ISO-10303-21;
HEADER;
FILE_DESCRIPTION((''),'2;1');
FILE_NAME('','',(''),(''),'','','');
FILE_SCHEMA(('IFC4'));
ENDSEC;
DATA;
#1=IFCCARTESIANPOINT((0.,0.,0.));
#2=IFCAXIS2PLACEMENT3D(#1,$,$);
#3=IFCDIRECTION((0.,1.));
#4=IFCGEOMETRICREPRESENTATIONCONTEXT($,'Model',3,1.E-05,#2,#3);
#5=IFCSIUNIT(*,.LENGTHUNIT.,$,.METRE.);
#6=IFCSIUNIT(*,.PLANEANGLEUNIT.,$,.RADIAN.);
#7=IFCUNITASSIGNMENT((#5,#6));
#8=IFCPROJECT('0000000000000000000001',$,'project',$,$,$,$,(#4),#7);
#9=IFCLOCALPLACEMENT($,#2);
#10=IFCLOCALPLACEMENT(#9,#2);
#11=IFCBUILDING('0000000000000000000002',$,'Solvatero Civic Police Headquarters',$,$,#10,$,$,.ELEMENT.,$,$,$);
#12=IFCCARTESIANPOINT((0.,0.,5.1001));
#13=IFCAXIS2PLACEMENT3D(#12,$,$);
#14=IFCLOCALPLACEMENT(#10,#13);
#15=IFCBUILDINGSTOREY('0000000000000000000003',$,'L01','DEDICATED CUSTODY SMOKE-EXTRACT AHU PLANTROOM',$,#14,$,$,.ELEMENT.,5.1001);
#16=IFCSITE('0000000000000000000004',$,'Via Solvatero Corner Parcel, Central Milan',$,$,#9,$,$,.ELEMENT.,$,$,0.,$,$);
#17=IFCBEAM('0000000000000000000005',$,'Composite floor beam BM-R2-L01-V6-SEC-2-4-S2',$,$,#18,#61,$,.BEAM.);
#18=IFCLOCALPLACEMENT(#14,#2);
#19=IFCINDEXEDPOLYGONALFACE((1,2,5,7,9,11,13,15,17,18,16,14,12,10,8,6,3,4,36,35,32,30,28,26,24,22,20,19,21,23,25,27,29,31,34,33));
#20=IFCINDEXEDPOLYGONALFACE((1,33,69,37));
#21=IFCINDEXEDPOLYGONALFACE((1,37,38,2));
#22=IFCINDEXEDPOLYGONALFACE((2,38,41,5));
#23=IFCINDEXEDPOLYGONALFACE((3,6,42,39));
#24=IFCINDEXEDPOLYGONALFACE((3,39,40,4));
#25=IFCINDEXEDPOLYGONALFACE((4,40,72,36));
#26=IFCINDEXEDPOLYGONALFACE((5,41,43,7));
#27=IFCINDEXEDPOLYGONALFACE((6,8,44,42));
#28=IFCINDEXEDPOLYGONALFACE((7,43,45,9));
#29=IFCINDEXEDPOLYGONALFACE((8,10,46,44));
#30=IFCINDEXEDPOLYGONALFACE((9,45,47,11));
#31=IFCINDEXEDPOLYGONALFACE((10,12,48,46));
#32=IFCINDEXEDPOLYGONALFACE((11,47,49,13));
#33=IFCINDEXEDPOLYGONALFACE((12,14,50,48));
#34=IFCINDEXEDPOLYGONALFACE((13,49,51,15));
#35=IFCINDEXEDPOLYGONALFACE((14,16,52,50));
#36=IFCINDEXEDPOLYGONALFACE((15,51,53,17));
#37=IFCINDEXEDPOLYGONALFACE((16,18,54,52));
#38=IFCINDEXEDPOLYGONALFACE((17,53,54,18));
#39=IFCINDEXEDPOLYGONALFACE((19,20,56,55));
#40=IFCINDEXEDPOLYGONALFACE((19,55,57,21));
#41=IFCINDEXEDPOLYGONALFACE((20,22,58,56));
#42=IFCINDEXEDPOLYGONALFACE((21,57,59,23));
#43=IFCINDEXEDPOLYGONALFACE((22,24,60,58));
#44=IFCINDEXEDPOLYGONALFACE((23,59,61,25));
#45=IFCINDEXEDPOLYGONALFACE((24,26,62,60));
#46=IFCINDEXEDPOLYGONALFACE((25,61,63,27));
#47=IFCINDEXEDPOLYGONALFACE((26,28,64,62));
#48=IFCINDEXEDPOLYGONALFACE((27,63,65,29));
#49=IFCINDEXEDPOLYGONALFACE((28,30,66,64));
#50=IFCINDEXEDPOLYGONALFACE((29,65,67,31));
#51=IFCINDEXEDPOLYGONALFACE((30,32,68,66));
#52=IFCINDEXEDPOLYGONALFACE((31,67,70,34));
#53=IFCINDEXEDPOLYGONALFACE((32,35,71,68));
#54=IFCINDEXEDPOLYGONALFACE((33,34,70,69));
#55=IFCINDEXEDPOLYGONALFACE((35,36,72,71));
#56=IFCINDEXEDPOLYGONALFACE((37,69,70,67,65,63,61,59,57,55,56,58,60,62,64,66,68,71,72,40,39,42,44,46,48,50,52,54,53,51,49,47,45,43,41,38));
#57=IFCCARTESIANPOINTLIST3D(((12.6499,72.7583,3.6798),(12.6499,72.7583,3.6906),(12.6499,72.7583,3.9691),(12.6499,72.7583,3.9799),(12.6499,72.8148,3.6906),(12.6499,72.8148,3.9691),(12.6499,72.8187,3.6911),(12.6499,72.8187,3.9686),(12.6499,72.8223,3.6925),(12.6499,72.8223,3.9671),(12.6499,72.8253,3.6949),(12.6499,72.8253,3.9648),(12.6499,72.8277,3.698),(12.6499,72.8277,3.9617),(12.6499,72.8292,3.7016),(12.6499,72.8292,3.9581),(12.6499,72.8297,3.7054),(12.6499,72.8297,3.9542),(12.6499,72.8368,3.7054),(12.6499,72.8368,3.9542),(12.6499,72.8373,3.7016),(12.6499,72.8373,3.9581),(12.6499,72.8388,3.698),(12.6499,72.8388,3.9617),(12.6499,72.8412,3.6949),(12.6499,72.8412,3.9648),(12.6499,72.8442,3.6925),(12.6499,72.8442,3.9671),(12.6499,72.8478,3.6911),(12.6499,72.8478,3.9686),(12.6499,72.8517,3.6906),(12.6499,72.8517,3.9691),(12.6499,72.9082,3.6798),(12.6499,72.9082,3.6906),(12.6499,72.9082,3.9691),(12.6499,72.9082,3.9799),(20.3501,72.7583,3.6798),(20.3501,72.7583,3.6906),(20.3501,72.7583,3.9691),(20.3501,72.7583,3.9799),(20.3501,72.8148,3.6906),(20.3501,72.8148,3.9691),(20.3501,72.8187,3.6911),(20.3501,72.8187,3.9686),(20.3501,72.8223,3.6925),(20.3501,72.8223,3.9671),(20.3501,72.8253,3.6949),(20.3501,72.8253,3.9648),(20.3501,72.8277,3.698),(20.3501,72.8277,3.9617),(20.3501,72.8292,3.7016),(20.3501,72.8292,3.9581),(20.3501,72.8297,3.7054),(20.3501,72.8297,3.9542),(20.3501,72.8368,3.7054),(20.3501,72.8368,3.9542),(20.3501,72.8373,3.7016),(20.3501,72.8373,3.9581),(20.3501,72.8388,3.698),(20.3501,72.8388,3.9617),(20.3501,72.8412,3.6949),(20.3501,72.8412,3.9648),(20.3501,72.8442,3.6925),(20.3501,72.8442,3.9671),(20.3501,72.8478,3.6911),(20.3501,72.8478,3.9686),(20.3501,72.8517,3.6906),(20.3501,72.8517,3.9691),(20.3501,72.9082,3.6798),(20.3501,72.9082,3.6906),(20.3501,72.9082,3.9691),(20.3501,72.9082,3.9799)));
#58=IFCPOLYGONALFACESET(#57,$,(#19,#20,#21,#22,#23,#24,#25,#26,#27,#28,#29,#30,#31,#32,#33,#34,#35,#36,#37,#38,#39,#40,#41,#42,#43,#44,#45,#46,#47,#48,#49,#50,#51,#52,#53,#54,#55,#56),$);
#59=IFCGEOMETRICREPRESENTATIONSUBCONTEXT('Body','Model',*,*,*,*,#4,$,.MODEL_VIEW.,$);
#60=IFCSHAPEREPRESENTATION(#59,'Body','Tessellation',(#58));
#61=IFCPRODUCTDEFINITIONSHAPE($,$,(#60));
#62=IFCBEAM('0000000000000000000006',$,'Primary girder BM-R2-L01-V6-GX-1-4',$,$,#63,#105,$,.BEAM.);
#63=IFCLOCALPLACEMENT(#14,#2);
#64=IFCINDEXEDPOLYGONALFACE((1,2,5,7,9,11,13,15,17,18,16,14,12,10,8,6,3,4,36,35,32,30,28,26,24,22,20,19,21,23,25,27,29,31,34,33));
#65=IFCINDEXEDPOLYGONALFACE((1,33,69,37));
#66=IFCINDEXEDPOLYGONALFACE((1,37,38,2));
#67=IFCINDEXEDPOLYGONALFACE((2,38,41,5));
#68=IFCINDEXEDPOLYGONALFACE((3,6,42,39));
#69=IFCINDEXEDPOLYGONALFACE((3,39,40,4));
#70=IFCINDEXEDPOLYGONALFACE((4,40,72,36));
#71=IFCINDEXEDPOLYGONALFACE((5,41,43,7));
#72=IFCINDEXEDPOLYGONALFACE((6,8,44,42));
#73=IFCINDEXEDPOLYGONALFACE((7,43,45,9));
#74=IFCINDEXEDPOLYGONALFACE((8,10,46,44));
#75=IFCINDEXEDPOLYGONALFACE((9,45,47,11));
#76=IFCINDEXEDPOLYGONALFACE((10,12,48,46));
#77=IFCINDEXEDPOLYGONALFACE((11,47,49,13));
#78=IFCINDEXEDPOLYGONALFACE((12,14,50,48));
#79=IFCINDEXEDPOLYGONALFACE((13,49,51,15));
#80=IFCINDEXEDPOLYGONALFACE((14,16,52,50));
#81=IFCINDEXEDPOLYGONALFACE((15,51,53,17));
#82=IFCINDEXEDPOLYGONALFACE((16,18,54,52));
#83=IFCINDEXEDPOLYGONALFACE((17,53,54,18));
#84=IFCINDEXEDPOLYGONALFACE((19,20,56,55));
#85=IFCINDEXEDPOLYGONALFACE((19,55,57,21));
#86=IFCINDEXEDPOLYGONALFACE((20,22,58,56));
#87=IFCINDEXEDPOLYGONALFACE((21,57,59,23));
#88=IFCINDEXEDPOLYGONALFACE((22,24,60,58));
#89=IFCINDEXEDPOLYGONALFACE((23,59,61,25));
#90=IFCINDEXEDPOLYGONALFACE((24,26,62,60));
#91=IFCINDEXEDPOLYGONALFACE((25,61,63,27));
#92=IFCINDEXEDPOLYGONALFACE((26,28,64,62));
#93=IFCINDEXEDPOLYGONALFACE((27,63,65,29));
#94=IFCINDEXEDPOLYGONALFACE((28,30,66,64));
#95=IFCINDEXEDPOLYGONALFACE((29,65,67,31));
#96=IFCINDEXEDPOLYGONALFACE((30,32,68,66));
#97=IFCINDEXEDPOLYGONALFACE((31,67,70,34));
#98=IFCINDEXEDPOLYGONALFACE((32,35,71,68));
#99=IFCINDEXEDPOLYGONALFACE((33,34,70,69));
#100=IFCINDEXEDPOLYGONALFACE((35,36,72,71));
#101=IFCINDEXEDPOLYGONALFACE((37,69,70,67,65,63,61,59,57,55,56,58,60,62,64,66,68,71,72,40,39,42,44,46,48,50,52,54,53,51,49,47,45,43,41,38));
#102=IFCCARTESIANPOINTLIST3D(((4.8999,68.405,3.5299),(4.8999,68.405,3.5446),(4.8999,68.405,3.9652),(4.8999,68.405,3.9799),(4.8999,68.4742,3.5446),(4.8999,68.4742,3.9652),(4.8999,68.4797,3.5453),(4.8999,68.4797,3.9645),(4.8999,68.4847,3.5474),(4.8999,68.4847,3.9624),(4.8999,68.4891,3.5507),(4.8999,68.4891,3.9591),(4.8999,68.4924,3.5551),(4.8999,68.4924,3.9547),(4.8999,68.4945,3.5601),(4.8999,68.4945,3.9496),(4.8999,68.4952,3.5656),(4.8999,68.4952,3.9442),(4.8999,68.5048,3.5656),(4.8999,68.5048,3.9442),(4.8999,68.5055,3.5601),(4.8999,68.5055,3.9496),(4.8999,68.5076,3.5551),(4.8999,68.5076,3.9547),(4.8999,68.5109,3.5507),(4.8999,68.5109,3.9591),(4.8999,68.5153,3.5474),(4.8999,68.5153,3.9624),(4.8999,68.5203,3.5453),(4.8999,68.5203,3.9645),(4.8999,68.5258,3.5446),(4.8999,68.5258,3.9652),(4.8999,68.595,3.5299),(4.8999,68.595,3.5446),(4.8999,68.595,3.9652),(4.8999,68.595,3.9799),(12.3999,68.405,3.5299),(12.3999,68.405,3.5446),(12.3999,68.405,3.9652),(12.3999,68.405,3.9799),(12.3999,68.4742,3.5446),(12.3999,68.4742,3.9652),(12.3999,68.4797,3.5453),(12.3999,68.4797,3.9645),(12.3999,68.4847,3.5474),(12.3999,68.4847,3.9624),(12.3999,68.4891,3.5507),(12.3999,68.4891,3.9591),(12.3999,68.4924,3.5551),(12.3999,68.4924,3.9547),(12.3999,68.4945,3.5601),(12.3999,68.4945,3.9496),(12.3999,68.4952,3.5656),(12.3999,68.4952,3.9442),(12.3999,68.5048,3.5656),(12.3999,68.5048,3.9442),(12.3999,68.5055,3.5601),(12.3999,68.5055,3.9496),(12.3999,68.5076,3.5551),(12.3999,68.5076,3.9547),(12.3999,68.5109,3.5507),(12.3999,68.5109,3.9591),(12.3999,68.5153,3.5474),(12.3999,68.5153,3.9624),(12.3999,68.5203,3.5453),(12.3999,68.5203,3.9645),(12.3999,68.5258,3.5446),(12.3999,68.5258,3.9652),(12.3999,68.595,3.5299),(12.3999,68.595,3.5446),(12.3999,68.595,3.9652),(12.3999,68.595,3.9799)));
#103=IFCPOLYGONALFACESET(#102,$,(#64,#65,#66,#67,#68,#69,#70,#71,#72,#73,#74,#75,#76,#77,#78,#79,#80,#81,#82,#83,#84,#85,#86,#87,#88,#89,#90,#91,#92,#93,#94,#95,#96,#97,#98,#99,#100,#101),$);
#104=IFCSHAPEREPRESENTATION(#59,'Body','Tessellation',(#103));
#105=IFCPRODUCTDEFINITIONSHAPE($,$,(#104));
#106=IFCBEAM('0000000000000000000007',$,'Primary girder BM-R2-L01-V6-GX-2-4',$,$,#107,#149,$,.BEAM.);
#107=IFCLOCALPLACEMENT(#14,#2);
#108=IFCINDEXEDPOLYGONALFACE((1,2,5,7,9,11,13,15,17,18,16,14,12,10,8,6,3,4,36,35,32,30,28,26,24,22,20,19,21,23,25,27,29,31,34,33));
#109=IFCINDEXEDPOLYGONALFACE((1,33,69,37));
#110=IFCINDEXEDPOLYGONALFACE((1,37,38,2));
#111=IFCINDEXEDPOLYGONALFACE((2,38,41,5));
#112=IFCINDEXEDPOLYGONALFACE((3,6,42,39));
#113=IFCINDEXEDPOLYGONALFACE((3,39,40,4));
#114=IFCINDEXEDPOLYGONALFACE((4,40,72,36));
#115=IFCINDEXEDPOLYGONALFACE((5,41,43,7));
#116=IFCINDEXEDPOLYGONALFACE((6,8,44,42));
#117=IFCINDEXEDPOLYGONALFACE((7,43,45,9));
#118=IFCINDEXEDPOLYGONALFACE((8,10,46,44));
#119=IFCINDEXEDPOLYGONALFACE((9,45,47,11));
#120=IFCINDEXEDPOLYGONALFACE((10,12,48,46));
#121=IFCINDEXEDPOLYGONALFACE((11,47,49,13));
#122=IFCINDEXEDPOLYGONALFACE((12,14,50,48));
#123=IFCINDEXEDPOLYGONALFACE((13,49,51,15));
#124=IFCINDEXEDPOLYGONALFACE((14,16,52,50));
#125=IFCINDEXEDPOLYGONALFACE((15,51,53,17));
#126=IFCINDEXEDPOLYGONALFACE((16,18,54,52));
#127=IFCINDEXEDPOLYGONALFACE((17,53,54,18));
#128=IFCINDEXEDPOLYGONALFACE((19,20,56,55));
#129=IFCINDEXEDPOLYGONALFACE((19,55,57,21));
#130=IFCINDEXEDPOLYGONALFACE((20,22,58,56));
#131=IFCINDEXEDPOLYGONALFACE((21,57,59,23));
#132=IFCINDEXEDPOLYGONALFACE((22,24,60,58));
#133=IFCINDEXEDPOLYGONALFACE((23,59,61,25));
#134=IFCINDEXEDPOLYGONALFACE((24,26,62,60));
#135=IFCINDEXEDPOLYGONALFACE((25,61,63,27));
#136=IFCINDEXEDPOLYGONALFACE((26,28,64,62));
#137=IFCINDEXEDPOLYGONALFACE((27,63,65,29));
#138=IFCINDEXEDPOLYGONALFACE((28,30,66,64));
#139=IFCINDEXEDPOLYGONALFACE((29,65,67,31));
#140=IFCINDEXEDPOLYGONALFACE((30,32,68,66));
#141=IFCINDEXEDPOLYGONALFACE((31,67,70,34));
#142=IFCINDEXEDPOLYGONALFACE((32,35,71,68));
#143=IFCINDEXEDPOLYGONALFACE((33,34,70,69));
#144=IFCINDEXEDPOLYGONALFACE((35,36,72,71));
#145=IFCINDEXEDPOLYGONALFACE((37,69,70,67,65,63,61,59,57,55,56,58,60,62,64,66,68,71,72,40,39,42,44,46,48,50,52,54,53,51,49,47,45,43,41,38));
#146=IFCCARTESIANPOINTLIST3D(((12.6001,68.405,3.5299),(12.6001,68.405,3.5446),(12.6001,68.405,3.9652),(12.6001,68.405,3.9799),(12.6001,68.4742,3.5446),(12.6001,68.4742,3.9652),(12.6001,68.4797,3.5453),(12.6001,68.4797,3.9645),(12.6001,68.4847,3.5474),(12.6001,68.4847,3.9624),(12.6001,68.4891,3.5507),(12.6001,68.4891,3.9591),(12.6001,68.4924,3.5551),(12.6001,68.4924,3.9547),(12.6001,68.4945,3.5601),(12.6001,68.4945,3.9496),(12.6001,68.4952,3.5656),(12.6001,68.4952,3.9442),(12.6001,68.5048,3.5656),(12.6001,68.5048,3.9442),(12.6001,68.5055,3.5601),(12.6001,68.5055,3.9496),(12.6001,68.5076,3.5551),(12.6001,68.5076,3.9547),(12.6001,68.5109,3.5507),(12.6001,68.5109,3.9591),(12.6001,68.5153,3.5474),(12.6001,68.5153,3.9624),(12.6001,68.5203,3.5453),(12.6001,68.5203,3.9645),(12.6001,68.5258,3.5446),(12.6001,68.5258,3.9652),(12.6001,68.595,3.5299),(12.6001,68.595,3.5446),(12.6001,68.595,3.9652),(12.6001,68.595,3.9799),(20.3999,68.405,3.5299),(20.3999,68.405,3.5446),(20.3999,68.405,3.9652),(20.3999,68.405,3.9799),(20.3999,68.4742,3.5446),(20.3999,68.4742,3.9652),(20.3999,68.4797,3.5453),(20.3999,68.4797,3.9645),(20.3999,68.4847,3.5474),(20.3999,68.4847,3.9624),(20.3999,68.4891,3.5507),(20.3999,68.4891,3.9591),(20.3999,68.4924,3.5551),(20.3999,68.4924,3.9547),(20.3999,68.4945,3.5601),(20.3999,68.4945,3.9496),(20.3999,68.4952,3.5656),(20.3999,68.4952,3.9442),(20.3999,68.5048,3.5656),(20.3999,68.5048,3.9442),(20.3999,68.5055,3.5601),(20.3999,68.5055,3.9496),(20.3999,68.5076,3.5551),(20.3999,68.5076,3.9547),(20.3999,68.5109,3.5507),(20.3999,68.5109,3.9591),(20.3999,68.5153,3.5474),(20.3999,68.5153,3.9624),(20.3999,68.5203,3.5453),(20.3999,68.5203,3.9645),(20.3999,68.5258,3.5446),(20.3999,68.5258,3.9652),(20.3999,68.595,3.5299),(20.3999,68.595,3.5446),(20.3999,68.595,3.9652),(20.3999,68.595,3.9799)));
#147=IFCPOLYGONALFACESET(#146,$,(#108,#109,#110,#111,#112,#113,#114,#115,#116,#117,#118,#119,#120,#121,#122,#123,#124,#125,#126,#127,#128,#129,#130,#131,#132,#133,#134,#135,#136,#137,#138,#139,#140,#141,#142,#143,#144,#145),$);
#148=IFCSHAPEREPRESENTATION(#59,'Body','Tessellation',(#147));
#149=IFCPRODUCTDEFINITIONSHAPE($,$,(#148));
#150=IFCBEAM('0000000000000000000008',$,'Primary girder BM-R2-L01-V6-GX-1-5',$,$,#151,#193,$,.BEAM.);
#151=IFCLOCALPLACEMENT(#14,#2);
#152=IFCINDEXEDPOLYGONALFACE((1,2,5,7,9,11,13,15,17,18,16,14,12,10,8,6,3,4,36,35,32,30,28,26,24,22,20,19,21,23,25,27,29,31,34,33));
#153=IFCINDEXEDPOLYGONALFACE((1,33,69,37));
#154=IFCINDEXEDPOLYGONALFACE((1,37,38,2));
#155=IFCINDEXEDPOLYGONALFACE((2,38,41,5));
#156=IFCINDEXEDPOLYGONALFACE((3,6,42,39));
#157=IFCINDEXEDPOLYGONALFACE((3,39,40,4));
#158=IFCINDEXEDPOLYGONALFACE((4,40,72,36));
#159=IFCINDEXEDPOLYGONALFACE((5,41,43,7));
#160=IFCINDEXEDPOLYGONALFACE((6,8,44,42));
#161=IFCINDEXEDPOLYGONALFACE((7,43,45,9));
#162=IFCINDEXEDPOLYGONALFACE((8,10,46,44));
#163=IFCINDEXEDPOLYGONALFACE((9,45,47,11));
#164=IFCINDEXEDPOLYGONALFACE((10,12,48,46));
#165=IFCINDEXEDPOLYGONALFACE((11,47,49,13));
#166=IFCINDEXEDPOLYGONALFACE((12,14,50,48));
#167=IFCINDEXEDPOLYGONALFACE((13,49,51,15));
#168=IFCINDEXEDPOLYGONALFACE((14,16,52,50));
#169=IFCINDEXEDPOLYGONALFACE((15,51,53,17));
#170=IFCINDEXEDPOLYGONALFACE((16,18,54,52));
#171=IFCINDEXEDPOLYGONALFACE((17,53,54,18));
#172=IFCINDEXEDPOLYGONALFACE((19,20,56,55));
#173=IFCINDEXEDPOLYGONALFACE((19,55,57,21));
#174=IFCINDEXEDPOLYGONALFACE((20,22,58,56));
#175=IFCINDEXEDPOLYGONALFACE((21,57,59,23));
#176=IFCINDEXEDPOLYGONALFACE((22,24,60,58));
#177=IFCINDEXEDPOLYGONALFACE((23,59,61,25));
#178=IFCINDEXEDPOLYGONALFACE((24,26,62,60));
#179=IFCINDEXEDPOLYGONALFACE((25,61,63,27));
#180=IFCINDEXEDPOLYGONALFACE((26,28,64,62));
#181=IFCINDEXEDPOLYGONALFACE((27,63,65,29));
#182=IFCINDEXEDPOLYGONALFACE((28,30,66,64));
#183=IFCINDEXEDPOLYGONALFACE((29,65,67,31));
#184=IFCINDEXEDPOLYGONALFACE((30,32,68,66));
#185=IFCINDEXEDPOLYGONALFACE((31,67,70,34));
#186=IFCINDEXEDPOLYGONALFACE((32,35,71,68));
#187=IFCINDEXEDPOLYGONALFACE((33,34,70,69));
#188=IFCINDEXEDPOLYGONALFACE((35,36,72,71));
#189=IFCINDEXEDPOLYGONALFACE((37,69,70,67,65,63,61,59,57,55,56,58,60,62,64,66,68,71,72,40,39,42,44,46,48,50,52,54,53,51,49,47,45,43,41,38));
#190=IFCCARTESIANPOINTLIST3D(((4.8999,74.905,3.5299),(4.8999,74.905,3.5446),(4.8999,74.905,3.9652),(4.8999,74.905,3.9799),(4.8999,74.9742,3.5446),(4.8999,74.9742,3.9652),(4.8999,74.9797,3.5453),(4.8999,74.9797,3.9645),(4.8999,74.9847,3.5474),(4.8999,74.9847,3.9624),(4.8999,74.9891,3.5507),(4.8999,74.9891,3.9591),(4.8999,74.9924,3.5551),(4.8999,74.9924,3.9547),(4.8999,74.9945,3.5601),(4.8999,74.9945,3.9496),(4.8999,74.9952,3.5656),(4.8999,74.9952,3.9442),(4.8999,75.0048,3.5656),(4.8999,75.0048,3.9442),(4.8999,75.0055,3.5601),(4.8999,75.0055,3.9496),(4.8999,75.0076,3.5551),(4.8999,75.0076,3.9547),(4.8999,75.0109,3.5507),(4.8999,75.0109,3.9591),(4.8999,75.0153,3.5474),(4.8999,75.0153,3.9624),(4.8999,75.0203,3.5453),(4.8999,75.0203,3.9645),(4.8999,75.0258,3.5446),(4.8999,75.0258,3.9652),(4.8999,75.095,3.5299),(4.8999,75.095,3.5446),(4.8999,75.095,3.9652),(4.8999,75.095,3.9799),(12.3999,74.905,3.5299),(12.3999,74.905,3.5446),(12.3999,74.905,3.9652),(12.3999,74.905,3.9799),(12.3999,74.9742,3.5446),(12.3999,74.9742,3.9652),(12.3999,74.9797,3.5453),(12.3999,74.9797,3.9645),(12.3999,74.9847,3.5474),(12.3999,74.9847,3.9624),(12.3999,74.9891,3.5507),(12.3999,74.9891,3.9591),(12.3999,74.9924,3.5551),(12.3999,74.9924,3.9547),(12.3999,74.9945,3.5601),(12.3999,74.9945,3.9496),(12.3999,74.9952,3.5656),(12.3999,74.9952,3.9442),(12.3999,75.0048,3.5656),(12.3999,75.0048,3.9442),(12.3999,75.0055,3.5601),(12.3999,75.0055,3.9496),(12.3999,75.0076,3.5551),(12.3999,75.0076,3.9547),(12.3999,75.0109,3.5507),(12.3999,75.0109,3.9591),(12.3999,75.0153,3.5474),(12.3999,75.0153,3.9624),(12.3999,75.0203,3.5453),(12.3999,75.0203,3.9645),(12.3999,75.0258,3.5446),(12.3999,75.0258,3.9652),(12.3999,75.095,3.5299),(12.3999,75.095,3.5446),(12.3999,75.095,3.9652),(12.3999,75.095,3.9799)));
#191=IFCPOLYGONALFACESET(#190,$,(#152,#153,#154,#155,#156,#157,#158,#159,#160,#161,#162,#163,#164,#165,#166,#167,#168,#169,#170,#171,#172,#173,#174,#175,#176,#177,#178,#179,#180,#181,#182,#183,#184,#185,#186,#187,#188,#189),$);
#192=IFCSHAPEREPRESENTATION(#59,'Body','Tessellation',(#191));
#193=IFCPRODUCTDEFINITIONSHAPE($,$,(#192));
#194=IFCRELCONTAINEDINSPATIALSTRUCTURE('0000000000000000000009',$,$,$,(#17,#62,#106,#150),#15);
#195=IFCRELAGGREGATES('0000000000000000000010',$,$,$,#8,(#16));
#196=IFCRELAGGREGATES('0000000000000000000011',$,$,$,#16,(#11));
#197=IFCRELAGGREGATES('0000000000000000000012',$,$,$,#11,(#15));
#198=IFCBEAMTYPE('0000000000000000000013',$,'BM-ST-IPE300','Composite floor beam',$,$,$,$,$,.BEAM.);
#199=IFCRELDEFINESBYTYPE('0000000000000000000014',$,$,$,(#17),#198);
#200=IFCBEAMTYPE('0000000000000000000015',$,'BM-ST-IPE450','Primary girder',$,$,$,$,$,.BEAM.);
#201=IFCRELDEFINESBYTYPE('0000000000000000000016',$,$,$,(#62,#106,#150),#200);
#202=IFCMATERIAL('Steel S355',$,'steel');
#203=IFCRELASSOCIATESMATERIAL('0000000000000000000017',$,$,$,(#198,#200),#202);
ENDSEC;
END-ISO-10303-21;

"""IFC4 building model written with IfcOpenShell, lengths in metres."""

from ifc_helpers import new_model, si_unit, direction, frame, origin, origin_2d, place, context, subcontext, project, spatial, i_section, extrude, material, material_profile, profile_set, type_object, element, save


model = new_model("IFC4")

# Units and contexts
model_context = context("Model", 3, precision=1e-05, world=origin(), true_north=direction((0.0, 1.0)))
body_context = subcontext(model_context, "Body", "Model", "MODEL_VIEW")
ifc_project = project(units=[si_unit("LENGTHUNIT", "METRE"), si_unit("PLANEANGLEUNIT", "RADIAN")], contexts=[model_context])

# Site, building, storey
site_placement = place(None, origin())
site = spatial("IfcSite", under=ifc_project, at=site_placement, Name="Via Solvatero Corner Parcel, Central Milan", CompositionType="ELEMENT", RefElevation=0.0)
building_placement = place(site_placement, origin())
building = spatial("IfcBuilding", under=site, at=building_placement, Name="Solvatero Civic Police Headquarters", CompositionType="ELEMENT")
storey_placement = place(building_placement, frame((0.0, 0.0, 5.1001)))
storey = spatial("IfcBuildingStorey", under=building, at=storey_placement, Name="L01", Description="DEDICATED CUSTODY SMOKE-EXTRACT AHU PLANTROOM", CompositionType="ELEMENT", Elevation=5.1001)

# Shared definitions
ifc_material_1 = material(Name="Steel S355", Category="steel")

# Beams
ifc_material_profile_1 = material_profile(ifc_material_1, i_section(OverallWidth=0.1499, OverallDepth=0.3, WebThickness=0.0071, FlangeThickness=0.0107, FilletRadius=0.0149, at=origin_2d()), Name="IPE 300")
ifc_profile_set_1 = profile_set([ifc_material_profile_1], Name="Steel S355")
beam_type_1 = type_object("IfcBeamType", Name="BM-ST-IPE300", Description="Composite floor beam", PredefinedType="BEAM", material=ifc_profile_set_1)
for number, where, z_axis, x_axis, name in (
    (1, (12.6499, 72.8333, 3.8298), (1.0, 0.0, 0.0), (0.0, 1.0, 0.0), "Composite floor beam BM-R2-L01-V6-SEC-2-4-S2"),
):
    element("IfcBeam", number, at=place(storey_placement, frame(where, z_axis=z_axis, x_axis=x_axis)), inside=storey, type_object=beam_type_1, Name=name, PredefinedType="BEAM", context=body_context, shape_type="SweptSolid", body=[
        extrude(i_section(OverallWidth=0.1499, OverallDepth=0.3, WebThickness=0.0071, FlangeThickness=0.0107, FilletRadius=0.0149, at=origin_2d()), origin(), (0.0, 0.0, 1.0), 7.7002),
    ])
ifc_material_profile_2 = material_profile(ifc_material_1, i_section(OverallWidth=0.1899, OverallDepth=0.45, WebThickness=0.0095, FlangeThickness=0.0146, FilletRadius=0.021, at=origin_2d()), Name="IPE 450")
ifc_profile_set_2 = profile_set([ifc_material_profile_2], Name="Steel S355")
beam_type_2 = type_object("IfcBeamType", Name="BM-ST-IPE450", Description="Primary girder", PredefinedType="BEAM", material=ifc_profile_set_2)
beam_1_placement = place(storey_placement, frame((4.8999, 68.5, 3.7549), z_axis=(1.0, 0.0, 0.0), x_axis=(0.0, 1.0, 0.0)))
element("IfcBeam", 2, at=beam_1_placement, inside=storey, type_object=beam_type_2, Name="Primary girder BM-R2-L01-V6-GX-1-4", PredefinedType="BEAM", context=body_context, shape_type="SweptSolid", body=[
    extrude(i_section(OverallWidth=0.1899, OverallDepth=0.45, WebThickness=0.0095, FlangeThickness=0.0146, FilletRadius=0.021, at=origin_2d()), origin(), (0.0, 0.0, 1.0), 7.5),
])
beam_2_placement = place(storey_placement, frame((12.6001, 68.5, 3.7549), z_axis=(1.0, 0.0, 0.0), x_axis=(0.0, 1.0, 0.0)))
element("IfcBeam", 3, at=beam_2_placement, inside=storey, type_object=beam_type_2, Name="Primary girder BM-R2-L01-V6-GX-2-4", PredefinedType="BEAM", context=body_context, shape_type="SweptSolid", body=[
    extrude(i_section(OverallWidth=0.1899, OverallDepth=0.45, WebThickness=0.0095, FlangeThickness=0.0146, FilletRadius=0.021, at=origin_2d()), origin(), (0.0, 0.0, 1.0), 7.7998),
])
beam_3_placement = place(storey_placement, frame((4.8999, 75.0, 3.7549), z_axis=(1.0, 0.0, 0.0), x_axis=(0.0, 1.0, 0.0)))
element("IfcBeam", 4, at=beam_3_placement, inside=storey, type_object=beam_type_2, Name="Primary girder BM-R2-L01-V6-GX-1-5", PredefinedType="BEAM", context=body_context, shape_type="SweptSolid", body=[
    extrude(i_section(OverallWidth=0.1899, OverallDepth=0.45, WebThickness=0.0095, FlangeThickness=0.0146, FilletRadius=0.021, at=origin_2d()), origin(), (0.0, 0.0, 1.0), 7.5),
])

save(model, "model.ifc")
